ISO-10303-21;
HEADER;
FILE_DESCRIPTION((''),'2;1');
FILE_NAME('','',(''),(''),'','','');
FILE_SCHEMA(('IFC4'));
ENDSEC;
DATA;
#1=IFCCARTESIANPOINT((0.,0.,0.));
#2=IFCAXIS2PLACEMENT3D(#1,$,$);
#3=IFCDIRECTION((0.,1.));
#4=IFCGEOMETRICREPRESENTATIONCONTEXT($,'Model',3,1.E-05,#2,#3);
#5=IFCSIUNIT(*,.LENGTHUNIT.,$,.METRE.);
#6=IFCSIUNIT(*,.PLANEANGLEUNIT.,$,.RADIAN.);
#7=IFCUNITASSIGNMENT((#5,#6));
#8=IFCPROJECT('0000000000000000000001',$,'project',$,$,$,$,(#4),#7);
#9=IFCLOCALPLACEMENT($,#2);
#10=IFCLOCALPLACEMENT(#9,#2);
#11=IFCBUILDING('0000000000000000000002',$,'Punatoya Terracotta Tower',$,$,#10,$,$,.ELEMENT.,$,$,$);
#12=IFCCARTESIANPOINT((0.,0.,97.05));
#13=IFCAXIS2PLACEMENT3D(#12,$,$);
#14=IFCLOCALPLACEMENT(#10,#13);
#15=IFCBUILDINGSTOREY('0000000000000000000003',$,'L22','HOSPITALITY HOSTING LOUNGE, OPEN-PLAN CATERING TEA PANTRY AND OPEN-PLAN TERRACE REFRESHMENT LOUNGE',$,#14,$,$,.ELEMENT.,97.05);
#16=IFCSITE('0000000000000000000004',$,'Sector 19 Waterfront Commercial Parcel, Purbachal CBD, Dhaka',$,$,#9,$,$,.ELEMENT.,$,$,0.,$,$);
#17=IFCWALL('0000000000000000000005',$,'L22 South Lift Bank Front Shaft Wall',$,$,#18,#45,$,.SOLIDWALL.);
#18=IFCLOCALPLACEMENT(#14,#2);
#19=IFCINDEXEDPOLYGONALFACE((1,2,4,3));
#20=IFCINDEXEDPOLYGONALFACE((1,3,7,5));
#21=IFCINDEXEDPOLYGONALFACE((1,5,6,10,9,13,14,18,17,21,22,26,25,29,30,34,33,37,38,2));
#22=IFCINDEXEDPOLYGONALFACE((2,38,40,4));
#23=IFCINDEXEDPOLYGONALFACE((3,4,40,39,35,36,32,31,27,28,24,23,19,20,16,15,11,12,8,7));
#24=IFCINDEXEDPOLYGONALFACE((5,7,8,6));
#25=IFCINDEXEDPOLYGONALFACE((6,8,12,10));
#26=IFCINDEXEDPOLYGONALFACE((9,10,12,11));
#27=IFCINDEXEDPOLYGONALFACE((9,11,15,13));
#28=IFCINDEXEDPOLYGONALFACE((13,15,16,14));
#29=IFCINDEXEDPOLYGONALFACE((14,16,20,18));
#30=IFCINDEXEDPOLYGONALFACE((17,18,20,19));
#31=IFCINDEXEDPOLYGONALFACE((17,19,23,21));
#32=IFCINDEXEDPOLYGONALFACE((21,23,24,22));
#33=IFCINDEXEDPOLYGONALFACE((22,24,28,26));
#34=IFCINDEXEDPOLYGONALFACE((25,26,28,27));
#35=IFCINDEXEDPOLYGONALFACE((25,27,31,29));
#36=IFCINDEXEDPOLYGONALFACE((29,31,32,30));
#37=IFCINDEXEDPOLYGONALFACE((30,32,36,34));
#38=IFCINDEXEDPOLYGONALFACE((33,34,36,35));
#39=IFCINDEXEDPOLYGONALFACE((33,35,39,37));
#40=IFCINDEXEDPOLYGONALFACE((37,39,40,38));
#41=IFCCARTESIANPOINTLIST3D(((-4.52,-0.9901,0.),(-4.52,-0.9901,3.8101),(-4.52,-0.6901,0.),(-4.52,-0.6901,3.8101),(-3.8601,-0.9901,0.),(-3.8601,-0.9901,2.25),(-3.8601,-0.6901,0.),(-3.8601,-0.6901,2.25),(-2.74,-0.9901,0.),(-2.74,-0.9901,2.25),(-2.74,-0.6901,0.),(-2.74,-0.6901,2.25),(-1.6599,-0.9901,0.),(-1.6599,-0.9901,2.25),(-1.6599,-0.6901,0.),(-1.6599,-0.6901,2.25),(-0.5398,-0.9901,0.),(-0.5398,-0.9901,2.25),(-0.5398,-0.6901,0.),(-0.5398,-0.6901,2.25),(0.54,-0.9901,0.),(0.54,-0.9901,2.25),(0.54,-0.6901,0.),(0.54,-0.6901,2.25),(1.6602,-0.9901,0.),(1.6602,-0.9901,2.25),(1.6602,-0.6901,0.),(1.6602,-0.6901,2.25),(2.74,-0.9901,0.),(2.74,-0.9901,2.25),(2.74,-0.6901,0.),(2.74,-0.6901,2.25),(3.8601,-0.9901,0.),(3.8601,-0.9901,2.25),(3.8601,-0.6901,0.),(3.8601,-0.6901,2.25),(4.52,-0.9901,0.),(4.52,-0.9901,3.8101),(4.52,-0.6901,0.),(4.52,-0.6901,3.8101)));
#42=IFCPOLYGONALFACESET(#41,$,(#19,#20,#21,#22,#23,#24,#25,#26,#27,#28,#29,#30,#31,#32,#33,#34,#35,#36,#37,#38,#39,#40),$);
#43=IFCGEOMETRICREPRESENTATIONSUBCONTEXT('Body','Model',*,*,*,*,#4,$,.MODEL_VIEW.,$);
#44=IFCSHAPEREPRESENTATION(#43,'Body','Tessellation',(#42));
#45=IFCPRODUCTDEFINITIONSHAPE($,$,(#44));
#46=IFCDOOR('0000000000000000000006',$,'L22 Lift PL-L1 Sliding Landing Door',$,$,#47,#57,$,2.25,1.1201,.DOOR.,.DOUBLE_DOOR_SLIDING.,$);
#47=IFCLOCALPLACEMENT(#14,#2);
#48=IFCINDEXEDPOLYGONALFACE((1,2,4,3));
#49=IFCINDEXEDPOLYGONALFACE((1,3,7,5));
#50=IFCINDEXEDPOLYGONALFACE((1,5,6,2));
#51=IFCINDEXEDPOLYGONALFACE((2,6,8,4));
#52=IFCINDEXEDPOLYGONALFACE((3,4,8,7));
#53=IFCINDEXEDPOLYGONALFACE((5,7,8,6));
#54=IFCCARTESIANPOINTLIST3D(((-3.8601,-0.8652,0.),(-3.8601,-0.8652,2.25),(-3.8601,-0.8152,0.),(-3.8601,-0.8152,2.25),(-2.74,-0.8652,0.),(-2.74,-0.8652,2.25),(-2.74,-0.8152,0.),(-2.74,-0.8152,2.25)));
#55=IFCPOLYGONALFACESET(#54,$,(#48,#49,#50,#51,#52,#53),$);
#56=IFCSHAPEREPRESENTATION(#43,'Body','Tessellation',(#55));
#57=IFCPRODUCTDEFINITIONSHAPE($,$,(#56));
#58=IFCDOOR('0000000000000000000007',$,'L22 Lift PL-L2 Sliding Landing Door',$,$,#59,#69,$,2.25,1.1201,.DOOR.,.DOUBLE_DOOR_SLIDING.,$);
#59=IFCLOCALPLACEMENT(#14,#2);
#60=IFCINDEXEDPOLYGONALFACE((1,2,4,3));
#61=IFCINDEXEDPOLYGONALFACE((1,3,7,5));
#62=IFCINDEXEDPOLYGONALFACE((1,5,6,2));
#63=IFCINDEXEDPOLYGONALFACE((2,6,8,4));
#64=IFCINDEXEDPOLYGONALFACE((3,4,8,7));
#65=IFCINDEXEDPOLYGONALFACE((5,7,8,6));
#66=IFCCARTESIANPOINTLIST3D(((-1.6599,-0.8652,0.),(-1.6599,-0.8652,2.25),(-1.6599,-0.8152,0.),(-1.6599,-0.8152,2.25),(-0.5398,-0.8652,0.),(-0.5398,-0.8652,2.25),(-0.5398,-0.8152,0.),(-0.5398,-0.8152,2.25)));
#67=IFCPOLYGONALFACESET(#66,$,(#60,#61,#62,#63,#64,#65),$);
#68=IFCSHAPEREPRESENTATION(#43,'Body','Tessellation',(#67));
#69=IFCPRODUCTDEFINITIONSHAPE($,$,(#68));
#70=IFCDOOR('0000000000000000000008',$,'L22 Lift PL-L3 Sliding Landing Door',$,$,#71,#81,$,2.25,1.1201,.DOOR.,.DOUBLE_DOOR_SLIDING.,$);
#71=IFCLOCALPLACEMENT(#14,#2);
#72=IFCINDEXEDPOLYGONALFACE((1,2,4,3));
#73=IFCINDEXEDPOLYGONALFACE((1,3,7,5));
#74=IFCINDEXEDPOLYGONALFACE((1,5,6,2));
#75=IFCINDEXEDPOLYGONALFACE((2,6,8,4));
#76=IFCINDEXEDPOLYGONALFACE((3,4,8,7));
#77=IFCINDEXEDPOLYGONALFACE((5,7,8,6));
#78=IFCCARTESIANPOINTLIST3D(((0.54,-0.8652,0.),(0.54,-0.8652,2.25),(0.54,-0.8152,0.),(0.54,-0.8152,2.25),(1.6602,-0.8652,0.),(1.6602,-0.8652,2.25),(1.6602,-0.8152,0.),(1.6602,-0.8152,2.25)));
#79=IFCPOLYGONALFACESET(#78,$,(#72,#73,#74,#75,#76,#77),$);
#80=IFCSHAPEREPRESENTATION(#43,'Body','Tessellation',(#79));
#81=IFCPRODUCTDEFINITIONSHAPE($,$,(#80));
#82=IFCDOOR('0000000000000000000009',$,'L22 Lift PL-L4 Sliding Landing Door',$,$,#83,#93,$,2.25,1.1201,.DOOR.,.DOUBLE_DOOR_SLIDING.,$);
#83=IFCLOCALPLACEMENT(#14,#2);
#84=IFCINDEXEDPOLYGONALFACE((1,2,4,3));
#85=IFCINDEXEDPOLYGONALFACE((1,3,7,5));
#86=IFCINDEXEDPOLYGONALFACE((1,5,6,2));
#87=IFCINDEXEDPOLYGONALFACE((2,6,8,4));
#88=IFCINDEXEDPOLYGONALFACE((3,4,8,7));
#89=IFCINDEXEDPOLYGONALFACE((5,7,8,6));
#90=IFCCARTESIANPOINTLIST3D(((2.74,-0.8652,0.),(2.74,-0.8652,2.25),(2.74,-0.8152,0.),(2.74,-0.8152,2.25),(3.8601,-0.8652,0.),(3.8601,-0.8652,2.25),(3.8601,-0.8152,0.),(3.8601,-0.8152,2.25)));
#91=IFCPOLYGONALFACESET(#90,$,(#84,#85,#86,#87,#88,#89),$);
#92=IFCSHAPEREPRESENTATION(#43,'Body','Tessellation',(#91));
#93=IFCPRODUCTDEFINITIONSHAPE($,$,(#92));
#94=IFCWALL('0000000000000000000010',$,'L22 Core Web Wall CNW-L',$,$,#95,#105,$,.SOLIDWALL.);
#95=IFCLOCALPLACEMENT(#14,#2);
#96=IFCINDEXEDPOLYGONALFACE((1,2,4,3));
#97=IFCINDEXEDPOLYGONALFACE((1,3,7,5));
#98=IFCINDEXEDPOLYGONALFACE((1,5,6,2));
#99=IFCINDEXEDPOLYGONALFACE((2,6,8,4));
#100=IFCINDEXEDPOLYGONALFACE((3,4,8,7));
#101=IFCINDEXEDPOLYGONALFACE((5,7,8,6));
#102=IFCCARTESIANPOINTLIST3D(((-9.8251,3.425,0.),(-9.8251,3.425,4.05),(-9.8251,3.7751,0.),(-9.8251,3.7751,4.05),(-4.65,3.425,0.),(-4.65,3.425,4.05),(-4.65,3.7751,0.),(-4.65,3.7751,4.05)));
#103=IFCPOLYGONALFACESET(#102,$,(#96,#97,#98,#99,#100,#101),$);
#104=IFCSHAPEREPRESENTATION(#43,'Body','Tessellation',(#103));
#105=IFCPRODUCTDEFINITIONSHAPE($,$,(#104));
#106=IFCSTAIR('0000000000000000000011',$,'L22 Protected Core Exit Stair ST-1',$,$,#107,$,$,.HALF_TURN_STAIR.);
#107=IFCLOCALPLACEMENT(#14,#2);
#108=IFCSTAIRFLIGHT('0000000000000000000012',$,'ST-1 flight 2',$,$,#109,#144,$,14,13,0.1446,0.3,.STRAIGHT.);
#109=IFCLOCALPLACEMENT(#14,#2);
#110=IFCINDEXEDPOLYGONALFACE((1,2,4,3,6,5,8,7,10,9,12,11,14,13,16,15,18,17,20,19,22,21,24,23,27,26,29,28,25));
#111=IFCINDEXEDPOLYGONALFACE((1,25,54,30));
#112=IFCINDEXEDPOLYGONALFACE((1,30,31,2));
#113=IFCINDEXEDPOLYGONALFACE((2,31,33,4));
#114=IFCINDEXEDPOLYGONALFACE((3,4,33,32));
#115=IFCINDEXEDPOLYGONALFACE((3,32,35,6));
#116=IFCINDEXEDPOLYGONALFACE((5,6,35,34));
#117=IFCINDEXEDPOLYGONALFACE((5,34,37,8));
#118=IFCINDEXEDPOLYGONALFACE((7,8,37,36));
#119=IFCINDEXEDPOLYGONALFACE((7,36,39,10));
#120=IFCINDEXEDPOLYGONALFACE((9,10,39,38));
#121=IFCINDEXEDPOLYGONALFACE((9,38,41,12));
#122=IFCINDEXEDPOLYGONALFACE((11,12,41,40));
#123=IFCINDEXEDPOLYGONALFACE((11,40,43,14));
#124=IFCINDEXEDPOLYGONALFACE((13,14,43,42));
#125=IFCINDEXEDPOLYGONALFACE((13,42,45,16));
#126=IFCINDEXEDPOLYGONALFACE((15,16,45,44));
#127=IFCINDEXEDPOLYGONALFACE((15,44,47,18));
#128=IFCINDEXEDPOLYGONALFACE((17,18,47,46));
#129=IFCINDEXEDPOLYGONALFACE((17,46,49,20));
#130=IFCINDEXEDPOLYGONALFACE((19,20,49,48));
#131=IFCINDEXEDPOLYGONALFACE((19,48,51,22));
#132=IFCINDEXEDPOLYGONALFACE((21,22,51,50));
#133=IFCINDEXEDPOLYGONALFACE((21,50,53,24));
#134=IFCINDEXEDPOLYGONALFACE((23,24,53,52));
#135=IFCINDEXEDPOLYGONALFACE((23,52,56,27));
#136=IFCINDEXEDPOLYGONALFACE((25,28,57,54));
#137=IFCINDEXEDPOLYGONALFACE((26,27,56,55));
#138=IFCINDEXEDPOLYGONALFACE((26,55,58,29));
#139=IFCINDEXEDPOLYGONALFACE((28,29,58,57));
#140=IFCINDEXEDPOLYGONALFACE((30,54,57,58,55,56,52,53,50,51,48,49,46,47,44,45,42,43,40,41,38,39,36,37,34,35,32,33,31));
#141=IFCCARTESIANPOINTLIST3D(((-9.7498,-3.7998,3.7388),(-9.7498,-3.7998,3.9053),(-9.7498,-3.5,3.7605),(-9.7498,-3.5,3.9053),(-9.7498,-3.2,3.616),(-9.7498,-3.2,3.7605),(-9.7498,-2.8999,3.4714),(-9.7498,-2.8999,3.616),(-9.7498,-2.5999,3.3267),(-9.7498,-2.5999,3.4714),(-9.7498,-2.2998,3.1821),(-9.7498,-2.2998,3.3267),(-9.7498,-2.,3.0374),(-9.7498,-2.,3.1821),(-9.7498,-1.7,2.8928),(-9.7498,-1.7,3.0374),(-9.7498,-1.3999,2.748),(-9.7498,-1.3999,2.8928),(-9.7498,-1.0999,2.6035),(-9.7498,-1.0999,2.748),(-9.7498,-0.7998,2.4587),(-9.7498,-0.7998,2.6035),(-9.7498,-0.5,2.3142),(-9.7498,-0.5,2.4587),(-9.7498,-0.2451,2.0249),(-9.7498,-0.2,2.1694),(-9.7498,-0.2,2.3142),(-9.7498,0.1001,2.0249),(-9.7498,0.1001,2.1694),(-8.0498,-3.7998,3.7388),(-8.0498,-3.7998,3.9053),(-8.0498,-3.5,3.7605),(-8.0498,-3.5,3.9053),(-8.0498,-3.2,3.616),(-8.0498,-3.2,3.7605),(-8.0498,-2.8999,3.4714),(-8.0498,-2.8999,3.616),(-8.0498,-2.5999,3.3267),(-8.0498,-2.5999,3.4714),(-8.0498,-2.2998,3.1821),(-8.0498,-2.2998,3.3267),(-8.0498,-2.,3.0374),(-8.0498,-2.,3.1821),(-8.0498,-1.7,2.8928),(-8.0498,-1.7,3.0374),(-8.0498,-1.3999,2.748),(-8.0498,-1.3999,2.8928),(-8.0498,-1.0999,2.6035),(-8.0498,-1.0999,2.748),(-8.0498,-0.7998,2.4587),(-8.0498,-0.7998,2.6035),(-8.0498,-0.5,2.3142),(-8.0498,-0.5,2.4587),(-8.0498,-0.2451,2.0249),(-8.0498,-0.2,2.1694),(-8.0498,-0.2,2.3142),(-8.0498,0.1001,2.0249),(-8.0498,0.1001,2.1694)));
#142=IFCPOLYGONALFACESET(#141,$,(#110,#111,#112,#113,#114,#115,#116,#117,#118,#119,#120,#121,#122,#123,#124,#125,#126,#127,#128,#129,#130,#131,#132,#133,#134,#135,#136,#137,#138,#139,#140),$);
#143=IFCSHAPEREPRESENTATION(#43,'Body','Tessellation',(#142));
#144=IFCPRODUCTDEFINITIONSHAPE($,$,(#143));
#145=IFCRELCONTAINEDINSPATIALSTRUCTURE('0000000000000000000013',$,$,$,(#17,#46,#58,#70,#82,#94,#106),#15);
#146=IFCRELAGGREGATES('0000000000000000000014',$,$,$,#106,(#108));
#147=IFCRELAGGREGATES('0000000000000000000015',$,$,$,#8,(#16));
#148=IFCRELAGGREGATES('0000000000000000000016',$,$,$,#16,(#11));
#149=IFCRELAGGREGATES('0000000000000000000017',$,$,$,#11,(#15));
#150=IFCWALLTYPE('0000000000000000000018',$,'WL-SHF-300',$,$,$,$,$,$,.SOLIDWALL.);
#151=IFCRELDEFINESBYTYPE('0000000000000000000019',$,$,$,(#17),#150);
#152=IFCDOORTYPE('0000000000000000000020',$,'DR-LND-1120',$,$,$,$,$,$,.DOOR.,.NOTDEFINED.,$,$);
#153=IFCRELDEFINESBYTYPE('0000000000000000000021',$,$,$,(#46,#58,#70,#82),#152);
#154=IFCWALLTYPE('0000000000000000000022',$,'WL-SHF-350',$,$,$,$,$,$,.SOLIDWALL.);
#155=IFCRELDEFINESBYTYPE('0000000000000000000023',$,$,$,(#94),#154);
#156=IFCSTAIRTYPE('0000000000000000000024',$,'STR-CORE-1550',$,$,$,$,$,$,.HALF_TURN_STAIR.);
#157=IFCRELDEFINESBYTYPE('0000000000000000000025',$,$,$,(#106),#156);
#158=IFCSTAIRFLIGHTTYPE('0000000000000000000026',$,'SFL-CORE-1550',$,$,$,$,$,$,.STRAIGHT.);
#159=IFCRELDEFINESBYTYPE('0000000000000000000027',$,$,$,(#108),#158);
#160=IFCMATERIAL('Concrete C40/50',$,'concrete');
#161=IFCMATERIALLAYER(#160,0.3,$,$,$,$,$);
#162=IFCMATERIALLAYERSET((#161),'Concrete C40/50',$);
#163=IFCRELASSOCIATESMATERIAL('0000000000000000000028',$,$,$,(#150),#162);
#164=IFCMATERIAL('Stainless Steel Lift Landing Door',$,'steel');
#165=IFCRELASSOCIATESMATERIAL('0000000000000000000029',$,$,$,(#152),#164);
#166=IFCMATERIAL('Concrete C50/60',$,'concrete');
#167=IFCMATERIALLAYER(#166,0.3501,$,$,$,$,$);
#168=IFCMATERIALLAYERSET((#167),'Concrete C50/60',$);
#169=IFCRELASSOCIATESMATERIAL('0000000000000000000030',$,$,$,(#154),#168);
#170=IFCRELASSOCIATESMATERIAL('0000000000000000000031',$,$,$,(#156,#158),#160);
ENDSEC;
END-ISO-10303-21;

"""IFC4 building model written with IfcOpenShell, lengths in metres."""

from ifc_helpers import new_model, si_unit, direction, frame, frame_2d, origin, place, context, subcontext, project, spatial, polyline, rectangle, outline, extrude, material, layer, layer_set, type_object, element, fill, aggregate, save


model = new_model("IFC4")

# Units and contexts
model_context = context("Model", 3, precision=1e-05, world=origin(), true_north=direction((0.0, 1.0)))
body_context = subcontext(model_context, "Body", "Model", "MODEL_VIEW")
ifc_project = project(units=[si_unit("LENGTHUNIT", "METRE"), si_unit("PLANEANGLEUNIT", "RADIAN")], contexts=[model_context])

# Site, building, storey
site_placement = place(None, origin())
site = spatial("IfcSite", under=ifc_project, at=site_placement, Name="Sector 19 Waterfront Commercial Parcel, Purbachal CBD, Dhaka", CompositionType="ELEMENT", RefElevation=0.0)
building_placement = place(site_placement, origin())
building = spatial("IfcBuilding", under=site, at=building_placement, Name="Punatoya Terracotta Tower", CompositionType="ELEMENT")
storey_placement = place(building_placement, frame((0.0, 0.0, 97.05)))
storey = spatial("IfcBuildingStorey", under=building, at=storey_placement, Name="L22", Description="HOSPITALITY HOSTING LOUNGE, OPEN-PLAN CATERING TEA PANTRY AND OPEN-PLAN TERRACE REFRESHMENT LOUNGE", CompositionType="ELEMENT", Elevation=97.05)

# Wall, openings, doors
ifc_material_1 = material(Name="Concrete C40/50", Category="concrete")
ifc_layer_1 = layer(ifc_material_1, 0.3)
ifc_layer_set_1 = layer_set([ifc_layer_1], Name="Concrete C40/50")
wall_type_1 = type_object("IfcWallType", Name="WL-SHF-300", PredefinedType="SOLIDWALL", material=ifc_layer_set_1)
wall_1_placement = place(storey_placement, frame((-4.52, -0.8401, 0.0), z_axis=(0.0, 0.0, 1.0), x_axis=(1.0, 0.0, 0.0)))
wall_1 = element("IfcWall", 1, at=wall_1_placement, inside=storey, type_object=wall_type_1, Name="L22 South Lift Bank Front Shaft Wall", PredefinedType="SOLIDWALL", context=body_context, shape_type="SweptSolid", body=[
    extrude(rectangle(XDim=9.04, YDim=0.3, at=frame_2d((4.52, 0.0))), origin(), (0.0, 0.0, 1.0), 3.8101),
])
opening_1_placement = place(wall_1_placement, frame((0.6599, 0.0, 0.0)))
opening_1 = element("IfcOpeningElement", 2, at=opening_1_placement, cuts=wall_1, PredefinedType="OPENING", context=body_context, shape_type="SweptSolid", body=[
    extrude(rectangle(XDim=1.1201, YDim=2.25, at=frame_2d((0.5601, 1.125))), frame((0.0, 0.1599, 0.0), z_axis=(0.0, -1.0, 0.0), x_axis=(1.0, 0.0, 0.0)), (0.0, 0.0, 1.0), 0.3201),
])
opening_2_placement = place(wall_1_placement, frame((2.8601, 0.0, 0.0)))
opening_2 = element("IfcOpeningElement", 3, at=opening_2_placement, cuts=wall_1, PredefinedType="OPENING", context=body_context, shape_type="SweptSolid", body=[
    extrude(rectangle(XDim=1.1201, YDim=2.25, at=frame_2d((0.5601, 1.125))), frame((0.0, 0.1599, 0.0), z_axis=(0.0, -1.0, 0.0), x_axis=(1.0, 0.0, 0.0)), (0.0, 0.0, 1.0), 0.3201),
])
opening_3_placement = place(wall_1_placement, frame((5.0601, 0.0, 0.0)))
opening_3 = element("IfcOpeningElement", 4, at=opening_3_placement, cuts=wall_1, PredefinedType="OPENING", context=body_context, shape_type="SweptSolid", body=[
    extrude(rectangle(XDim=1.1201, YDim=2.25, at=frame_2d((0.5601, 1.125))), frame((0.0, 0.1599, 0.0), z_axis=(0.0, -1.0, 0.0), x_axis=(1.0, 0.0, 0.0)), (0.0, 0.0, 1.0), 0.3201),
])
opening_4_placement = place(wall_1_placement, frame((7.26, 0.0, 0.0)))
opening_4 = element("IfcOpeningElement", 5, at=opening_4_placement, cuts=wall_1, PredefinedType="OPENING", context=body_context, shape_type="SweptSolid", body=[
    extrude(rectangle(XDim=1.1201, YDim=2.25, at=frame_2d((0.5601, 1.125))), frame((0.0, 0.1599, 0.0), z_axis=(0.0, -1.0, 0.0), x_axis=(1.0, 0.0, 0.0)), (0.0, 0.0, 1.0), 0.3201),
])
ifc_material_2 = material(Name="Stainless Steel Lift Landing Door", Category="steel")
door_type_1 = type_object("IfcDoorType", Name="DR-LND-1120", OperationType="NOTDEFINED", PredefinedType="DOOR", material=ifc_material_2)
door_1_placement = place(opening_1_placement, origin())
door_1 = element("IfcDoor", 6, at=door_1_placement, inside=storey, type_object=door_type_1, Name="L22 Lift PL-L1 Sliding Landing Door", OperationType="DOUBLE_DOOR_SLIDING", OverallHeight=2.25, OverallWidth=1.1201, PredefinedType="DOOR", context=body_context, shape_type="SweptSolid", body=[
    extrude(rectangle(XDim=1.1201, YDim=2.25, at=frame_2d((0.5601, 1.125))), frame((0.0, 0.0249, 0.0), z_axis=(0.0, -1.0, 0.0), x_axis=(1.0, 0.0, 0.0)), (0.0, 0.0, 1.0), 0.05),
])
fill(opening_1, door_1)
door_2_placement = place(opening_2_placement, origin())
door_2 = element("IfcDoor", 7, at=door_2_placement, inside=storey, type_object=door_type_1, Name="L22 Lift PL-L2 Sliding Landing Door", OperationType="DOUBLE_DOOR_SLIDING", OverallHeight=2.25, OverallWidth=1.1201, PredefinedType="DOOR", context=body_context, shape_type="SweptSolid", body=[
    extrude(rectangle(XDim=1.1201, YDim=2.25, at=frame_2d((0.5601, 1.125))), frame((0.0, 0.0249, 0.0), z_axis=(0.0, -1.0, 0.0), x_axis=(1.0, 0.0, 0.0)), (0.0, 0.0, 1.0), 0.05),
])
fill(opening_2, door_2)
door_3_placement = place(opening_3_placement, origin())
door_3 = element("IfcDoor", 8, at=door_3_placement, inside=storey, type_object=door_type_1, Name="L22 Lift PL-L3 Sliding Landing Door", OperationType="DOUBLE_DOOR_SLIDING", OverallHeight=2.25, OverallWidth=1.1201, PredefinedType="DOOR", context=body_context, shape_type="SweptSolid", body=[
    extrude(rectangle(XDim=1.1201, YDim=2.25, at=frame_2d((0.5601, 1.125))), frame((0.0, 0.0249, 0.0), z_axis=(0.0, -1.0, 0.0), x_axis=(1.0, 0.0, 0.0)), (0.0, 0.0, 1.0), 0.05),
])
fill(opening_3, door_3)
door_4_placement = place(opening_4_placement, origin())
door_4 = element("IfcDoor", 9, at=door_4_placement, inside=storey, type_object=door_type_1, Name="L22 Lift PL-L4 Sliding Landing Door", OperationType="DOUBLE_DOOR_SLIDING", OverallHeight=2.25, OverallWidth=1.1201, PredefinedType="DOOR", context=body_context, shape_type="SweptSolid", body=[
    extrude(rectangle(XDim=1.1201, YDim=2.25, at=frame_2d((0.5601, 1.125))), frame((0.0, 0.0249, 0.0), z_axis=(0.0, -1.0, 0.0), x_axis=(1.0, 0.0, 0.0)), (0.0, 0.0, 1.0), 0.05),
])
fill(opening_4, door_4)

# Wall
ifc_material_3 = material(Name="Concrete C50/60", Category="concrete")
ifc_layer_2 = layer(ifc_material_3, 0.3501)
ifc_layer_set_2 = layer_set([ifc_layer_2], Name="Concrete C50/60")
wall_type_2 = type_object("IfcWallType", Name="WL-SHF-350", PredefinedType="SOLIDWALL", material=ifc_layer_set_2)
wall_2_placement = place(storey_placement, frame((-9.825, 3.6001, 0.0), z_axis=(0.0, 0.0, 1.0), x_axis=(1.0, 0.0, 0.0)))
element("IfcWall", 10, at=wall_2_placement, inside=storey, type_object=wall_type_2, Name="L22 Core Web Wall CNW-L", PredefinedType="SOLIDWALL", context=body_context, shape_type="SweptSolid", body=[
    extrude(rectangle(XDim=5.175, YDim=0.3501, at=frame_2d((2.5874, 0.0))), origin(), (0.0, 0.0, 1.0), 4.05),
])

# Stair, stair flight
stair_type = type_object("IfcStairType", Name="STR-CORE-1550", PredefinedType="HALF_TURN_STAIR", material=ifc_material_1)
stair_placement = place(storey_placement, origin())
stair = element("IfcStair", 11, at=stair_placement, inside=storey, type_object=stair_type, Name="L22 Protected Core Exit Stair ST-1", PredefinedType="HALF_TURN_STAIR")
stair_flight_type = type_object("IfcStairFlightType", Name="SFL-CORE-1550", PredefinedType="STRAIGHT", material=ifc_material_1)
stair_flight_placement = place(storey_placement, frame((-8.8999, 0.1001, 2.0249), z_axis=(0.0, 0.0, 1.0), x_axis=(0.0, -1.0, 0.0)))
stair_flight = element("IfcStairFlight", 12, at=stair_flight_placement, type_object=stair_flight_type, Name="ST-1 flight 2", NumberOfRisers=14, NumberOfTreads=13, PredefinedType="STRAIGHT", RiserHeight=0.1446, TreadLength=0.3, context=body_context, shape_type="SweptSolid", body=[
    extrude(outline(polyline([(0.0, 0.0), (0.0, 0.1445), (0.3, 0.1445), (0.3, 0.2893), (0.6001, 0.2893), (0.6001, 0.4338), (0.8999, 0.4338), (0.8999, 0.5786), (1.2, 0.5786), (1.2, 0.7231), (1.5, 0.7231), (1.5, 0.8679), (1.8, 0.8679), (1.8, 1.0125), (2.1001, 1.0125), (2.1001, 1.1572), (2.3999, 1.1572), (2.3999, 1.3018), (2.7, 1.3018), (2.7, 1.4465), (3.0, 1.4465), (3.0, 1.5911), (3.3, 1.5911), (3.3, 1.7356), (3.6001, 1.7356), (3.6001, 1.8804), (3.8999, 1.8804), (3.8999, 2.0249), (3.8999, 1.7139), (0.3452, 0.0), (0.0, 0.0)])), frame((0.0, 0.8501, 0.0), z_axis=(0.0, -1.0, 0.0), x_axis=(1.0, 0.0, 0.0)), (0.0, 0.0, 1.0), 1.7),
])
aggregate(stair, [stair_flight])

save(model, "model.ifc")
